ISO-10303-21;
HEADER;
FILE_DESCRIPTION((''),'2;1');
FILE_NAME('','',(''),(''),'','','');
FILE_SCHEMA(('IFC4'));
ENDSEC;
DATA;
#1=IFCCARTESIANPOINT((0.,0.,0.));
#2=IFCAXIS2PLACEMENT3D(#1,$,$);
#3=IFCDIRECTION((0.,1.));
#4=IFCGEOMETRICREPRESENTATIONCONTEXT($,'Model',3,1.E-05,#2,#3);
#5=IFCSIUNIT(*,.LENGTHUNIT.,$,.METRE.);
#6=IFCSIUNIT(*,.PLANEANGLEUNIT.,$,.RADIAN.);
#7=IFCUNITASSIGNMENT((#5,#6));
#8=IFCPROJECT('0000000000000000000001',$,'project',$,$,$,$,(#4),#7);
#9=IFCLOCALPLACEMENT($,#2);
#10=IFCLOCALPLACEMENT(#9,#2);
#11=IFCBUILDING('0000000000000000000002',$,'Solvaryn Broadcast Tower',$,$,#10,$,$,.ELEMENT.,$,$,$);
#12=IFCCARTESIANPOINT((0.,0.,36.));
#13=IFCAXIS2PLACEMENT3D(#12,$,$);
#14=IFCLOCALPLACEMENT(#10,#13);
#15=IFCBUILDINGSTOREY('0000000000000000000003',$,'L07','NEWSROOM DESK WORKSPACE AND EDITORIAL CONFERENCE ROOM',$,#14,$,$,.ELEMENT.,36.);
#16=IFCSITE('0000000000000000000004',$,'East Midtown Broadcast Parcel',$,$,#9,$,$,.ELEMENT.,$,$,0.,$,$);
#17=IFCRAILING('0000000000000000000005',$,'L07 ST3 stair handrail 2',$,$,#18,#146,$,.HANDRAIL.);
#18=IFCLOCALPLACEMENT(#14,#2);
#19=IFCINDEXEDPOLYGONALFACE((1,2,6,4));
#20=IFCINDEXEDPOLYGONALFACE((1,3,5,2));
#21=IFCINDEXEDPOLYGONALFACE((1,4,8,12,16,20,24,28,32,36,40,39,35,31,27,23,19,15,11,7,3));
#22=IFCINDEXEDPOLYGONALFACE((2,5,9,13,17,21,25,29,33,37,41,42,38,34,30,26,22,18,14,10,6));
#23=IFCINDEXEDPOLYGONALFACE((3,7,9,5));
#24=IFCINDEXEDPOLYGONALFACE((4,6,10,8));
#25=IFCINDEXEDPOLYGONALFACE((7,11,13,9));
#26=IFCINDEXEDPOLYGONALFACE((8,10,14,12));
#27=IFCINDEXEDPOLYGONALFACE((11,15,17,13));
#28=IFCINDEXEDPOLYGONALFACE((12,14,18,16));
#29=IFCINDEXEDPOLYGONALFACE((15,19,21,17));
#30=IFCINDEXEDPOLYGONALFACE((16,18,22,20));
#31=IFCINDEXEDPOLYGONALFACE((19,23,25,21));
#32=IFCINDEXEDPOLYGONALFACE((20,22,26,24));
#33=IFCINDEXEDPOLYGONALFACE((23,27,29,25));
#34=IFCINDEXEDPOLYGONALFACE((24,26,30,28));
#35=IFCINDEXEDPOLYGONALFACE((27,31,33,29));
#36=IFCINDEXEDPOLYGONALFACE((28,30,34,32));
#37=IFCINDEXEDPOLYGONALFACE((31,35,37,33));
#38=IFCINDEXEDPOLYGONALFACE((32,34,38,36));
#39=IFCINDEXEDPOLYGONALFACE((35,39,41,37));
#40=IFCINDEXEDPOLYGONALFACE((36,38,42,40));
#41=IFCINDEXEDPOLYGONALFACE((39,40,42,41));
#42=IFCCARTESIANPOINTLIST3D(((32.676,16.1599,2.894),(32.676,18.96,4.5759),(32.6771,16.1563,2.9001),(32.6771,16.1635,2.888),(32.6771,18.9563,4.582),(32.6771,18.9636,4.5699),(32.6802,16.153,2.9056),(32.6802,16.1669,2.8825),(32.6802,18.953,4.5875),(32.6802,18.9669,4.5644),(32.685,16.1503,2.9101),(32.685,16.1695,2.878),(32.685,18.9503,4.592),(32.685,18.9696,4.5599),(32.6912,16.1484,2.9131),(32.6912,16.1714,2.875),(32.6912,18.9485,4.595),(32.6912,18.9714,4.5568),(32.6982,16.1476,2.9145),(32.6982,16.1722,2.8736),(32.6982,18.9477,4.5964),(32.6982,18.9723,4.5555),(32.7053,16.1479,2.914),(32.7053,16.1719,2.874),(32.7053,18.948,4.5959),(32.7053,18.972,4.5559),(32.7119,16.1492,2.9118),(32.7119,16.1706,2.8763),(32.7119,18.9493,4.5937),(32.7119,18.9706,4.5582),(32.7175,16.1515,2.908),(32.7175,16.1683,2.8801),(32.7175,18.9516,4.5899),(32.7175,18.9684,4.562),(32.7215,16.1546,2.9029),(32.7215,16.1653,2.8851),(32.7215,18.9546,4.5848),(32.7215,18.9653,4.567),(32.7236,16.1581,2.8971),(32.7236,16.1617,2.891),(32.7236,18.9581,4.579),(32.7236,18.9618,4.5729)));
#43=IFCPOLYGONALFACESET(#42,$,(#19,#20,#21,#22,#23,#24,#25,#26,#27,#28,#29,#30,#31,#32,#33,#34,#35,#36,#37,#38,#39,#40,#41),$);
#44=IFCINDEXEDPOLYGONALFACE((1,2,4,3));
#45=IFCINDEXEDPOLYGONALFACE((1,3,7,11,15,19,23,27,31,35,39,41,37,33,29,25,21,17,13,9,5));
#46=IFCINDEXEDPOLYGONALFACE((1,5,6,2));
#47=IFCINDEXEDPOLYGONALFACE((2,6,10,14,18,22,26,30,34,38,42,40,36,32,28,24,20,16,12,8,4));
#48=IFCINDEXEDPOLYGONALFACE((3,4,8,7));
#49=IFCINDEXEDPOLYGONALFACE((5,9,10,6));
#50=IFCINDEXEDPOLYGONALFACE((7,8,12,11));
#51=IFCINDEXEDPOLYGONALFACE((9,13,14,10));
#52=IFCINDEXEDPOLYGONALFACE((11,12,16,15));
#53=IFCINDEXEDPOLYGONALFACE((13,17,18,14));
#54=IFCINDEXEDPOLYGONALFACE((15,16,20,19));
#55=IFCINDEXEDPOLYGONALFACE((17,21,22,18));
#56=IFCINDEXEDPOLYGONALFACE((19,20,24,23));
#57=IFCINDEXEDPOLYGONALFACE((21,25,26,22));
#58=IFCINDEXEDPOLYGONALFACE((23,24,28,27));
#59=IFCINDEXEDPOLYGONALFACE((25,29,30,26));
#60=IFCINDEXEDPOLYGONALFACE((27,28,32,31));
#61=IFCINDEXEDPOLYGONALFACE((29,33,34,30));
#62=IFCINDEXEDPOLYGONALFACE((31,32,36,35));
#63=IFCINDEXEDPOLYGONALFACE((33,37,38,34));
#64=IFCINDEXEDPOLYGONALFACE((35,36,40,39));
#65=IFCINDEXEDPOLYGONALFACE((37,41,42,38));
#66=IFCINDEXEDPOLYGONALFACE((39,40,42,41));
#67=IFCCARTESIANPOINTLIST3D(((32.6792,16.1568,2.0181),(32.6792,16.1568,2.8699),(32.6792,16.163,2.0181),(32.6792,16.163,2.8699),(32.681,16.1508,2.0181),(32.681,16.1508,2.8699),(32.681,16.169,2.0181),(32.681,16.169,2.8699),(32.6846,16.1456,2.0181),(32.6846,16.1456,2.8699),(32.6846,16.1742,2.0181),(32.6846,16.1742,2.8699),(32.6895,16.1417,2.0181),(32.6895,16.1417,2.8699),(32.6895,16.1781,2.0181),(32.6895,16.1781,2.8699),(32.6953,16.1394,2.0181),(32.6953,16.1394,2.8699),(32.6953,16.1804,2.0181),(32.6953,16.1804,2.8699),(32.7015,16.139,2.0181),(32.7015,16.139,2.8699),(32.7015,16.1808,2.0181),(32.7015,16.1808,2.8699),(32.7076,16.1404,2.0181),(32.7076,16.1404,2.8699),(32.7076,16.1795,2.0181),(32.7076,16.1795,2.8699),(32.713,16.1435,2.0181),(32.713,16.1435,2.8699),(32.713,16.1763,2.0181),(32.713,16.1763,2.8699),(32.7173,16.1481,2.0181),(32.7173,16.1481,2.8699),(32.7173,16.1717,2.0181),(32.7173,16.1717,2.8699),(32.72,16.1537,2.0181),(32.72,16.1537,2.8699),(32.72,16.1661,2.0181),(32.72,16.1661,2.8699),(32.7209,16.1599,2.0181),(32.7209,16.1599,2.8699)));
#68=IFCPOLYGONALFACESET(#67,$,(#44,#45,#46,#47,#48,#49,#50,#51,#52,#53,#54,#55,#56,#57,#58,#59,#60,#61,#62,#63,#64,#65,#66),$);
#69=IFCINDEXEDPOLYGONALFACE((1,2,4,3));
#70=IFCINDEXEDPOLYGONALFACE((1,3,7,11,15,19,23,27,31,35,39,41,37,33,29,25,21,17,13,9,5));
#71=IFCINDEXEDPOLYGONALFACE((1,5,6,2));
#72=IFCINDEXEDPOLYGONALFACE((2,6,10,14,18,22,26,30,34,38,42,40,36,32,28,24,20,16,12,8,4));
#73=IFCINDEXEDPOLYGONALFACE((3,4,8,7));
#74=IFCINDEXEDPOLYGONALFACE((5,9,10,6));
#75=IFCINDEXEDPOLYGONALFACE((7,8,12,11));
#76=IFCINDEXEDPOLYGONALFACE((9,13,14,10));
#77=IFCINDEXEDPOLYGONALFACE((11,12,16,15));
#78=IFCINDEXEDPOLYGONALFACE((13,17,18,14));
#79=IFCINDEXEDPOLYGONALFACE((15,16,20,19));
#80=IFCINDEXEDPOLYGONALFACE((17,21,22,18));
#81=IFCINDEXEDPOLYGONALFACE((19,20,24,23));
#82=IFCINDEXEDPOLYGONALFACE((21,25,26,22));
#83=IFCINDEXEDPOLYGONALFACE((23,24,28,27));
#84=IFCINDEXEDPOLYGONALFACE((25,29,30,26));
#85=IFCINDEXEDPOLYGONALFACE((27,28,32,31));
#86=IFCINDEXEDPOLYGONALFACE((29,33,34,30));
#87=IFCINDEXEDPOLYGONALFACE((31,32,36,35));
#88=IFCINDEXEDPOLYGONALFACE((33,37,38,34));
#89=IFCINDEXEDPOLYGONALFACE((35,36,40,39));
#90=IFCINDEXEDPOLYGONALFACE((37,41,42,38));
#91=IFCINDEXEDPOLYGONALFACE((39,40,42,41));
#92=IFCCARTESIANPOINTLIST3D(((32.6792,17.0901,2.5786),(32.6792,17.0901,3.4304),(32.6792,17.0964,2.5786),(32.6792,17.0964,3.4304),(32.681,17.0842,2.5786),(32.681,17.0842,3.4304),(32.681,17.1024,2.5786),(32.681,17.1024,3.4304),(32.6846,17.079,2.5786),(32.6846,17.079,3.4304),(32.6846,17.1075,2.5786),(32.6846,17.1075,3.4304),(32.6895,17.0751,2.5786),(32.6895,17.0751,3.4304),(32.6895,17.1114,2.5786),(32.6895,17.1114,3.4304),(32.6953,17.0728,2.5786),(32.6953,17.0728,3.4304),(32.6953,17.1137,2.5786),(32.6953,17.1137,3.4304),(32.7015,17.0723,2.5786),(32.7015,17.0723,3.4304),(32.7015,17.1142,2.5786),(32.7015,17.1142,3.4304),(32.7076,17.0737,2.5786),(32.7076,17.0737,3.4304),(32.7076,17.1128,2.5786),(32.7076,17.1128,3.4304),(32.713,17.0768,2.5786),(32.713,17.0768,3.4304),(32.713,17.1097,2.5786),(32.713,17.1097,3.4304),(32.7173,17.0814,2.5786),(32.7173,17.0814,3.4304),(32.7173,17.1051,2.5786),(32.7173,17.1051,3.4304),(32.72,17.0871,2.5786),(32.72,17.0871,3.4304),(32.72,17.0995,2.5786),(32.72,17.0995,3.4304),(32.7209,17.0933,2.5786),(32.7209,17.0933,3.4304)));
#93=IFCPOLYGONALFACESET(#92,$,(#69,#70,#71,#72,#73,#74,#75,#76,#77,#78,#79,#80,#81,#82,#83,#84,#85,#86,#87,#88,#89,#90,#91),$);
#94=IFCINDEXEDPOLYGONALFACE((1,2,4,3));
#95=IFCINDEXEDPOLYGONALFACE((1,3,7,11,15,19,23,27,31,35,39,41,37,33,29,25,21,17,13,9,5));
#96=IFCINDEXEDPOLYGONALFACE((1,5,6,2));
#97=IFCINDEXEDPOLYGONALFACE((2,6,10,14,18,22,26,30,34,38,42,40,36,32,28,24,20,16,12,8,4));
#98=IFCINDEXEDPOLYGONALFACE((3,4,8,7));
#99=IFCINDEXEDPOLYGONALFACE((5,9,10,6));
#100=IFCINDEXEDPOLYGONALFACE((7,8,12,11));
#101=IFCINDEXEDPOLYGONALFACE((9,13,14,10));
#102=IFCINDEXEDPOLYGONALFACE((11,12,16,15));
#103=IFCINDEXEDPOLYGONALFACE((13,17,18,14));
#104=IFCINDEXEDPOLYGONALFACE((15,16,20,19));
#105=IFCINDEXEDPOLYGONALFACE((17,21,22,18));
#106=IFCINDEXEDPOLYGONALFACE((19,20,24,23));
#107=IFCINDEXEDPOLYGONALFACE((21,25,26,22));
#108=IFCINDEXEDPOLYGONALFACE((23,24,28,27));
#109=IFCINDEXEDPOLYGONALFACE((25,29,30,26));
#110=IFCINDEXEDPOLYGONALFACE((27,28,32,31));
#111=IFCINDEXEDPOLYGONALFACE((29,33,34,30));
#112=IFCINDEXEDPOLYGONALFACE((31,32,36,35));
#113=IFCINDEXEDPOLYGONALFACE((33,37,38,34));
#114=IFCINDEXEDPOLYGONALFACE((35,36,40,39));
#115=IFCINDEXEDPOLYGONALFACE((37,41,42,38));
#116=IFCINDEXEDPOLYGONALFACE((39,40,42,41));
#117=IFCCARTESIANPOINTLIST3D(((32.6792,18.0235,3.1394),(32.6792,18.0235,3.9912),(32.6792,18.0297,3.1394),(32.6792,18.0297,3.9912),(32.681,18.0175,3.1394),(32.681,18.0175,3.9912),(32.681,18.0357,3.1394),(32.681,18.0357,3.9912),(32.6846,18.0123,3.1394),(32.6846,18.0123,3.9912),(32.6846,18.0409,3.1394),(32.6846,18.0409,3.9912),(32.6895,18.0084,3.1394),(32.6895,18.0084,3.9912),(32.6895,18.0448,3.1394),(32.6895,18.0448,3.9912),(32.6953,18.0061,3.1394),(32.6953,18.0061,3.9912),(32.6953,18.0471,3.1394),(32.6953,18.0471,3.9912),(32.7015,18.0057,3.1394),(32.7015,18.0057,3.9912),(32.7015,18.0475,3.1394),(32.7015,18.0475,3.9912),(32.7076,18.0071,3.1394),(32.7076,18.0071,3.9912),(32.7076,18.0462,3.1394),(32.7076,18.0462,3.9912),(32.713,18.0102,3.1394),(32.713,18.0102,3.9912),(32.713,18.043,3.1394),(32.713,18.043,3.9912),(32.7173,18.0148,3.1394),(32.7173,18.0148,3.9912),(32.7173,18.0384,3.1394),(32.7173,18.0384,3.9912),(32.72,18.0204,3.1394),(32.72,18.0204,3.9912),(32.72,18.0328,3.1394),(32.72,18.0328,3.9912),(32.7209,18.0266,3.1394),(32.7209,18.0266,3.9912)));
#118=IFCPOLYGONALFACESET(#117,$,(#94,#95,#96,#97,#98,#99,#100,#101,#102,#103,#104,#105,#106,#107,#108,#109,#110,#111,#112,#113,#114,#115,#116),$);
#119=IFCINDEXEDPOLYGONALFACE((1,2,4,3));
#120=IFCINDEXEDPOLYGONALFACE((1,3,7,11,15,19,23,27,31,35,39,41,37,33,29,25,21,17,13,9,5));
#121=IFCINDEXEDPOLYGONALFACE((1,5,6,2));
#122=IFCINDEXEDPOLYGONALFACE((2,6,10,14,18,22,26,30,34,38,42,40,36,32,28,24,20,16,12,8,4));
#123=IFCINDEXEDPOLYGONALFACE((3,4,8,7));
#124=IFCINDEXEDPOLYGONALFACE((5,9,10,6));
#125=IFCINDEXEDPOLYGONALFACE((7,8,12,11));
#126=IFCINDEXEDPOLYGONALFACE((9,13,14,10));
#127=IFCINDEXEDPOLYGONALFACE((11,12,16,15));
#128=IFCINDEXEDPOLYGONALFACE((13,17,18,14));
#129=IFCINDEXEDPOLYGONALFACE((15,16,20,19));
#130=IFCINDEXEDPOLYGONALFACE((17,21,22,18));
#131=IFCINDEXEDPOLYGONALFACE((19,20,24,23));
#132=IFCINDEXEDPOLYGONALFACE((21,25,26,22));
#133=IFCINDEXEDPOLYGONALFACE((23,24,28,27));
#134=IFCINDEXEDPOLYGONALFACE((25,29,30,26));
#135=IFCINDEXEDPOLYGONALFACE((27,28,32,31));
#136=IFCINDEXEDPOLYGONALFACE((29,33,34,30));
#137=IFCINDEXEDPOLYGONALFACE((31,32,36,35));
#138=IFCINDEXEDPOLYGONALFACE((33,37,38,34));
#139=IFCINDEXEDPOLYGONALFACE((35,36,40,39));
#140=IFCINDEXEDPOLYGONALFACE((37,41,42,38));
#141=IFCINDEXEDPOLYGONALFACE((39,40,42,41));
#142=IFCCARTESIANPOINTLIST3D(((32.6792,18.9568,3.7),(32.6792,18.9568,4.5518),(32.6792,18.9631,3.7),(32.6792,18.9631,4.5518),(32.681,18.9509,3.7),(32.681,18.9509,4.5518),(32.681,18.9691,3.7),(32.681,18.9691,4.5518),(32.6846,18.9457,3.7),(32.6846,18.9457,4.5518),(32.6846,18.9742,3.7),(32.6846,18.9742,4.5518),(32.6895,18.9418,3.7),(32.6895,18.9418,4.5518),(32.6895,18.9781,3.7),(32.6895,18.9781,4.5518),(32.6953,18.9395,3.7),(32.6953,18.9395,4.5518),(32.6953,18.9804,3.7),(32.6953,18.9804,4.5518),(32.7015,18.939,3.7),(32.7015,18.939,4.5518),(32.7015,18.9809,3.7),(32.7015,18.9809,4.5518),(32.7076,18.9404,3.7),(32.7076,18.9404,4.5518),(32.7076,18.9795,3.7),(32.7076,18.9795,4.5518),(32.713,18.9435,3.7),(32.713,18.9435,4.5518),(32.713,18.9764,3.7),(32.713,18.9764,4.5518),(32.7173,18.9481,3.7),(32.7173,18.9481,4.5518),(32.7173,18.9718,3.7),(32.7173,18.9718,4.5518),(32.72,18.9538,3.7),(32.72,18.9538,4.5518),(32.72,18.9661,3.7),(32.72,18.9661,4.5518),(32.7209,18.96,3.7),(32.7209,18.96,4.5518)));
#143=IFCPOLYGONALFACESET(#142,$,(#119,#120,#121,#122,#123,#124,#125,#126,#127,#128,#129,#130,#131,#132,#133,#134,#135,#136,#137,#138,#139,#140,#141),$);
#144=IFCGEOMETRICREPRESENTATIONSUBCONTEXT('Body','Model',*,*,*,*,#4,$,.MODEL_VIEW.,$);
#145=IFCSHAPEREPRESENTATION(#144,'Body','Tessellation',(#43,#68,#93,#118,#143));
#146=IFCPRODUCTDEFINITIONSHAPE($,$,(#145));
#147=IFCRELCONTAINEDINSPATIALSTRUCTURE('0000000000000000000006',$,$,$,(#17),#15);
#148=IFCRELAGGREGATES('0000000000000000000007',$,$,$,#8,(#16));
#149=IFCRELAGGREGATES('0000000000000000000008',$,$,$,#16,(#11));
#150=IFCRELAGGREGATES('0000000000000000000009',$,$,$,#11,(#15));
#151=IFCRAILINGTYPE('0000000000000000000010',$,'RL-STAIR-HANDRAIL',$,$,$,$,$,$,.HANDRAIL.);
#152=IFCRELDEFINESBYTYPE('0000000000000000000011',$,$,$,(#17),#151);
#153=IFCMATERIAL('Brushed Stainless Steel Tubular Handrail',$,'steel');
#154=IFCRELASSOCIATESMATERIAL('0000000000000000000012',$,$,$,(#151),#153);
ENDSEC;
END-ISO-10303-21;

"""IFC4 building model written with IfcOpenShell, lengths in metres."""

from ifc_helpers import new_model, si_unit, direction, frame, origin, origin_2d, place, context, subcontext, project, spatial, circle, extrude, material, type_object, element, save


model = new_model("IFC4")

# Units and contexts
model_context = context("Model", 3, precision=1e-05, world=origin(), true_north=direction((0.0, 1.0)))
body_context = subcontext(model_context, "Body", "Model", "MODEL_VIEW")
ifc_project = project(units=[si_unit("LENGTHUNIT", "METRE"), si_unit("PLANEANGLEUNIT", "RADIAN")], contexts=[model_context])

# Site, building, storey
site_placement = place(None, origin())
site = spatial("IfcSite", under=ifc_project, at=site_placement, Name="East Midtown Broadcast Parcel", CompositionType="ELEMENT", RefElevation=0.0)
building_placement = place(site_placement, origin())
building = spatial("IfcBuilding", under=site, at=building_placement, Name="Solvaryn Broadcast Tower", CompositionType="ELEMENT")
storey_placement = place(building_placement, frame((0.0, 0.0, 36.0)))
storey = spatial("IfcBuildingStorey", under=building, at=storey_placement, Name="L07", Description="NEWSROOM DESK WORKSPACE AND EDITORIAL CONFERENCE ROOM", CompositionType="ELEMENT", Elevation=36.0)

# Railing
ifc_material_1 = material(Name="Brushed Stainless Steel Tubular Handrail", Category="steel")
railing_type_1 = type_object("IfcRailingType", Name="RL-STAIR-HANDRAIL", PredefinedType="HANDRAIL", material=ifc_material_1)
railing_1_placement = place(storey_placement, frame((32.7, 16.1599, 2.0181)))
element("IfcRailing", 1, at=railing_1_placement, inside=storey, type_object=railing_type_1, Name="L07 ST3 stair handrail 2", PredefinedType="HANDRAIL", context=body_context, shape_type="SweptSolid", body=[
    extrude(circle(Radius=0.0239, at=origin_2d()), frame((0.0, 0.0, 0.876), z_axis=(0.0, 0.857242, 0.514913), x_axis=(-1.0, 0.0, 0.0)), (0.0, 0.0, 1.0), 3.2664),
    extrude(circle(Radius=0.021, at=origin_2d()), origin(), (0.0, 0.0, 1.0), 0.8518),
    extrude(circle(Radius=0.021, at=origin_2d()), frame((0.0, 0.9333, 0.5605)), (0.0, 0.0, 1.0), 0.8518),
    extrude(circle(Radius=0.021, at=origin_2d()), frame((0.0, 1.8667, 1.1213)), (0.0, 0.0, 1.0), 0.8518),
    extrude(circle(Radius=0.021, at=origin_2d()), frame((0.0, 2.8, 1.6819)), (0.0, 0.0, 1.0), 0.8518),
])

save(model, "model.ifc")
